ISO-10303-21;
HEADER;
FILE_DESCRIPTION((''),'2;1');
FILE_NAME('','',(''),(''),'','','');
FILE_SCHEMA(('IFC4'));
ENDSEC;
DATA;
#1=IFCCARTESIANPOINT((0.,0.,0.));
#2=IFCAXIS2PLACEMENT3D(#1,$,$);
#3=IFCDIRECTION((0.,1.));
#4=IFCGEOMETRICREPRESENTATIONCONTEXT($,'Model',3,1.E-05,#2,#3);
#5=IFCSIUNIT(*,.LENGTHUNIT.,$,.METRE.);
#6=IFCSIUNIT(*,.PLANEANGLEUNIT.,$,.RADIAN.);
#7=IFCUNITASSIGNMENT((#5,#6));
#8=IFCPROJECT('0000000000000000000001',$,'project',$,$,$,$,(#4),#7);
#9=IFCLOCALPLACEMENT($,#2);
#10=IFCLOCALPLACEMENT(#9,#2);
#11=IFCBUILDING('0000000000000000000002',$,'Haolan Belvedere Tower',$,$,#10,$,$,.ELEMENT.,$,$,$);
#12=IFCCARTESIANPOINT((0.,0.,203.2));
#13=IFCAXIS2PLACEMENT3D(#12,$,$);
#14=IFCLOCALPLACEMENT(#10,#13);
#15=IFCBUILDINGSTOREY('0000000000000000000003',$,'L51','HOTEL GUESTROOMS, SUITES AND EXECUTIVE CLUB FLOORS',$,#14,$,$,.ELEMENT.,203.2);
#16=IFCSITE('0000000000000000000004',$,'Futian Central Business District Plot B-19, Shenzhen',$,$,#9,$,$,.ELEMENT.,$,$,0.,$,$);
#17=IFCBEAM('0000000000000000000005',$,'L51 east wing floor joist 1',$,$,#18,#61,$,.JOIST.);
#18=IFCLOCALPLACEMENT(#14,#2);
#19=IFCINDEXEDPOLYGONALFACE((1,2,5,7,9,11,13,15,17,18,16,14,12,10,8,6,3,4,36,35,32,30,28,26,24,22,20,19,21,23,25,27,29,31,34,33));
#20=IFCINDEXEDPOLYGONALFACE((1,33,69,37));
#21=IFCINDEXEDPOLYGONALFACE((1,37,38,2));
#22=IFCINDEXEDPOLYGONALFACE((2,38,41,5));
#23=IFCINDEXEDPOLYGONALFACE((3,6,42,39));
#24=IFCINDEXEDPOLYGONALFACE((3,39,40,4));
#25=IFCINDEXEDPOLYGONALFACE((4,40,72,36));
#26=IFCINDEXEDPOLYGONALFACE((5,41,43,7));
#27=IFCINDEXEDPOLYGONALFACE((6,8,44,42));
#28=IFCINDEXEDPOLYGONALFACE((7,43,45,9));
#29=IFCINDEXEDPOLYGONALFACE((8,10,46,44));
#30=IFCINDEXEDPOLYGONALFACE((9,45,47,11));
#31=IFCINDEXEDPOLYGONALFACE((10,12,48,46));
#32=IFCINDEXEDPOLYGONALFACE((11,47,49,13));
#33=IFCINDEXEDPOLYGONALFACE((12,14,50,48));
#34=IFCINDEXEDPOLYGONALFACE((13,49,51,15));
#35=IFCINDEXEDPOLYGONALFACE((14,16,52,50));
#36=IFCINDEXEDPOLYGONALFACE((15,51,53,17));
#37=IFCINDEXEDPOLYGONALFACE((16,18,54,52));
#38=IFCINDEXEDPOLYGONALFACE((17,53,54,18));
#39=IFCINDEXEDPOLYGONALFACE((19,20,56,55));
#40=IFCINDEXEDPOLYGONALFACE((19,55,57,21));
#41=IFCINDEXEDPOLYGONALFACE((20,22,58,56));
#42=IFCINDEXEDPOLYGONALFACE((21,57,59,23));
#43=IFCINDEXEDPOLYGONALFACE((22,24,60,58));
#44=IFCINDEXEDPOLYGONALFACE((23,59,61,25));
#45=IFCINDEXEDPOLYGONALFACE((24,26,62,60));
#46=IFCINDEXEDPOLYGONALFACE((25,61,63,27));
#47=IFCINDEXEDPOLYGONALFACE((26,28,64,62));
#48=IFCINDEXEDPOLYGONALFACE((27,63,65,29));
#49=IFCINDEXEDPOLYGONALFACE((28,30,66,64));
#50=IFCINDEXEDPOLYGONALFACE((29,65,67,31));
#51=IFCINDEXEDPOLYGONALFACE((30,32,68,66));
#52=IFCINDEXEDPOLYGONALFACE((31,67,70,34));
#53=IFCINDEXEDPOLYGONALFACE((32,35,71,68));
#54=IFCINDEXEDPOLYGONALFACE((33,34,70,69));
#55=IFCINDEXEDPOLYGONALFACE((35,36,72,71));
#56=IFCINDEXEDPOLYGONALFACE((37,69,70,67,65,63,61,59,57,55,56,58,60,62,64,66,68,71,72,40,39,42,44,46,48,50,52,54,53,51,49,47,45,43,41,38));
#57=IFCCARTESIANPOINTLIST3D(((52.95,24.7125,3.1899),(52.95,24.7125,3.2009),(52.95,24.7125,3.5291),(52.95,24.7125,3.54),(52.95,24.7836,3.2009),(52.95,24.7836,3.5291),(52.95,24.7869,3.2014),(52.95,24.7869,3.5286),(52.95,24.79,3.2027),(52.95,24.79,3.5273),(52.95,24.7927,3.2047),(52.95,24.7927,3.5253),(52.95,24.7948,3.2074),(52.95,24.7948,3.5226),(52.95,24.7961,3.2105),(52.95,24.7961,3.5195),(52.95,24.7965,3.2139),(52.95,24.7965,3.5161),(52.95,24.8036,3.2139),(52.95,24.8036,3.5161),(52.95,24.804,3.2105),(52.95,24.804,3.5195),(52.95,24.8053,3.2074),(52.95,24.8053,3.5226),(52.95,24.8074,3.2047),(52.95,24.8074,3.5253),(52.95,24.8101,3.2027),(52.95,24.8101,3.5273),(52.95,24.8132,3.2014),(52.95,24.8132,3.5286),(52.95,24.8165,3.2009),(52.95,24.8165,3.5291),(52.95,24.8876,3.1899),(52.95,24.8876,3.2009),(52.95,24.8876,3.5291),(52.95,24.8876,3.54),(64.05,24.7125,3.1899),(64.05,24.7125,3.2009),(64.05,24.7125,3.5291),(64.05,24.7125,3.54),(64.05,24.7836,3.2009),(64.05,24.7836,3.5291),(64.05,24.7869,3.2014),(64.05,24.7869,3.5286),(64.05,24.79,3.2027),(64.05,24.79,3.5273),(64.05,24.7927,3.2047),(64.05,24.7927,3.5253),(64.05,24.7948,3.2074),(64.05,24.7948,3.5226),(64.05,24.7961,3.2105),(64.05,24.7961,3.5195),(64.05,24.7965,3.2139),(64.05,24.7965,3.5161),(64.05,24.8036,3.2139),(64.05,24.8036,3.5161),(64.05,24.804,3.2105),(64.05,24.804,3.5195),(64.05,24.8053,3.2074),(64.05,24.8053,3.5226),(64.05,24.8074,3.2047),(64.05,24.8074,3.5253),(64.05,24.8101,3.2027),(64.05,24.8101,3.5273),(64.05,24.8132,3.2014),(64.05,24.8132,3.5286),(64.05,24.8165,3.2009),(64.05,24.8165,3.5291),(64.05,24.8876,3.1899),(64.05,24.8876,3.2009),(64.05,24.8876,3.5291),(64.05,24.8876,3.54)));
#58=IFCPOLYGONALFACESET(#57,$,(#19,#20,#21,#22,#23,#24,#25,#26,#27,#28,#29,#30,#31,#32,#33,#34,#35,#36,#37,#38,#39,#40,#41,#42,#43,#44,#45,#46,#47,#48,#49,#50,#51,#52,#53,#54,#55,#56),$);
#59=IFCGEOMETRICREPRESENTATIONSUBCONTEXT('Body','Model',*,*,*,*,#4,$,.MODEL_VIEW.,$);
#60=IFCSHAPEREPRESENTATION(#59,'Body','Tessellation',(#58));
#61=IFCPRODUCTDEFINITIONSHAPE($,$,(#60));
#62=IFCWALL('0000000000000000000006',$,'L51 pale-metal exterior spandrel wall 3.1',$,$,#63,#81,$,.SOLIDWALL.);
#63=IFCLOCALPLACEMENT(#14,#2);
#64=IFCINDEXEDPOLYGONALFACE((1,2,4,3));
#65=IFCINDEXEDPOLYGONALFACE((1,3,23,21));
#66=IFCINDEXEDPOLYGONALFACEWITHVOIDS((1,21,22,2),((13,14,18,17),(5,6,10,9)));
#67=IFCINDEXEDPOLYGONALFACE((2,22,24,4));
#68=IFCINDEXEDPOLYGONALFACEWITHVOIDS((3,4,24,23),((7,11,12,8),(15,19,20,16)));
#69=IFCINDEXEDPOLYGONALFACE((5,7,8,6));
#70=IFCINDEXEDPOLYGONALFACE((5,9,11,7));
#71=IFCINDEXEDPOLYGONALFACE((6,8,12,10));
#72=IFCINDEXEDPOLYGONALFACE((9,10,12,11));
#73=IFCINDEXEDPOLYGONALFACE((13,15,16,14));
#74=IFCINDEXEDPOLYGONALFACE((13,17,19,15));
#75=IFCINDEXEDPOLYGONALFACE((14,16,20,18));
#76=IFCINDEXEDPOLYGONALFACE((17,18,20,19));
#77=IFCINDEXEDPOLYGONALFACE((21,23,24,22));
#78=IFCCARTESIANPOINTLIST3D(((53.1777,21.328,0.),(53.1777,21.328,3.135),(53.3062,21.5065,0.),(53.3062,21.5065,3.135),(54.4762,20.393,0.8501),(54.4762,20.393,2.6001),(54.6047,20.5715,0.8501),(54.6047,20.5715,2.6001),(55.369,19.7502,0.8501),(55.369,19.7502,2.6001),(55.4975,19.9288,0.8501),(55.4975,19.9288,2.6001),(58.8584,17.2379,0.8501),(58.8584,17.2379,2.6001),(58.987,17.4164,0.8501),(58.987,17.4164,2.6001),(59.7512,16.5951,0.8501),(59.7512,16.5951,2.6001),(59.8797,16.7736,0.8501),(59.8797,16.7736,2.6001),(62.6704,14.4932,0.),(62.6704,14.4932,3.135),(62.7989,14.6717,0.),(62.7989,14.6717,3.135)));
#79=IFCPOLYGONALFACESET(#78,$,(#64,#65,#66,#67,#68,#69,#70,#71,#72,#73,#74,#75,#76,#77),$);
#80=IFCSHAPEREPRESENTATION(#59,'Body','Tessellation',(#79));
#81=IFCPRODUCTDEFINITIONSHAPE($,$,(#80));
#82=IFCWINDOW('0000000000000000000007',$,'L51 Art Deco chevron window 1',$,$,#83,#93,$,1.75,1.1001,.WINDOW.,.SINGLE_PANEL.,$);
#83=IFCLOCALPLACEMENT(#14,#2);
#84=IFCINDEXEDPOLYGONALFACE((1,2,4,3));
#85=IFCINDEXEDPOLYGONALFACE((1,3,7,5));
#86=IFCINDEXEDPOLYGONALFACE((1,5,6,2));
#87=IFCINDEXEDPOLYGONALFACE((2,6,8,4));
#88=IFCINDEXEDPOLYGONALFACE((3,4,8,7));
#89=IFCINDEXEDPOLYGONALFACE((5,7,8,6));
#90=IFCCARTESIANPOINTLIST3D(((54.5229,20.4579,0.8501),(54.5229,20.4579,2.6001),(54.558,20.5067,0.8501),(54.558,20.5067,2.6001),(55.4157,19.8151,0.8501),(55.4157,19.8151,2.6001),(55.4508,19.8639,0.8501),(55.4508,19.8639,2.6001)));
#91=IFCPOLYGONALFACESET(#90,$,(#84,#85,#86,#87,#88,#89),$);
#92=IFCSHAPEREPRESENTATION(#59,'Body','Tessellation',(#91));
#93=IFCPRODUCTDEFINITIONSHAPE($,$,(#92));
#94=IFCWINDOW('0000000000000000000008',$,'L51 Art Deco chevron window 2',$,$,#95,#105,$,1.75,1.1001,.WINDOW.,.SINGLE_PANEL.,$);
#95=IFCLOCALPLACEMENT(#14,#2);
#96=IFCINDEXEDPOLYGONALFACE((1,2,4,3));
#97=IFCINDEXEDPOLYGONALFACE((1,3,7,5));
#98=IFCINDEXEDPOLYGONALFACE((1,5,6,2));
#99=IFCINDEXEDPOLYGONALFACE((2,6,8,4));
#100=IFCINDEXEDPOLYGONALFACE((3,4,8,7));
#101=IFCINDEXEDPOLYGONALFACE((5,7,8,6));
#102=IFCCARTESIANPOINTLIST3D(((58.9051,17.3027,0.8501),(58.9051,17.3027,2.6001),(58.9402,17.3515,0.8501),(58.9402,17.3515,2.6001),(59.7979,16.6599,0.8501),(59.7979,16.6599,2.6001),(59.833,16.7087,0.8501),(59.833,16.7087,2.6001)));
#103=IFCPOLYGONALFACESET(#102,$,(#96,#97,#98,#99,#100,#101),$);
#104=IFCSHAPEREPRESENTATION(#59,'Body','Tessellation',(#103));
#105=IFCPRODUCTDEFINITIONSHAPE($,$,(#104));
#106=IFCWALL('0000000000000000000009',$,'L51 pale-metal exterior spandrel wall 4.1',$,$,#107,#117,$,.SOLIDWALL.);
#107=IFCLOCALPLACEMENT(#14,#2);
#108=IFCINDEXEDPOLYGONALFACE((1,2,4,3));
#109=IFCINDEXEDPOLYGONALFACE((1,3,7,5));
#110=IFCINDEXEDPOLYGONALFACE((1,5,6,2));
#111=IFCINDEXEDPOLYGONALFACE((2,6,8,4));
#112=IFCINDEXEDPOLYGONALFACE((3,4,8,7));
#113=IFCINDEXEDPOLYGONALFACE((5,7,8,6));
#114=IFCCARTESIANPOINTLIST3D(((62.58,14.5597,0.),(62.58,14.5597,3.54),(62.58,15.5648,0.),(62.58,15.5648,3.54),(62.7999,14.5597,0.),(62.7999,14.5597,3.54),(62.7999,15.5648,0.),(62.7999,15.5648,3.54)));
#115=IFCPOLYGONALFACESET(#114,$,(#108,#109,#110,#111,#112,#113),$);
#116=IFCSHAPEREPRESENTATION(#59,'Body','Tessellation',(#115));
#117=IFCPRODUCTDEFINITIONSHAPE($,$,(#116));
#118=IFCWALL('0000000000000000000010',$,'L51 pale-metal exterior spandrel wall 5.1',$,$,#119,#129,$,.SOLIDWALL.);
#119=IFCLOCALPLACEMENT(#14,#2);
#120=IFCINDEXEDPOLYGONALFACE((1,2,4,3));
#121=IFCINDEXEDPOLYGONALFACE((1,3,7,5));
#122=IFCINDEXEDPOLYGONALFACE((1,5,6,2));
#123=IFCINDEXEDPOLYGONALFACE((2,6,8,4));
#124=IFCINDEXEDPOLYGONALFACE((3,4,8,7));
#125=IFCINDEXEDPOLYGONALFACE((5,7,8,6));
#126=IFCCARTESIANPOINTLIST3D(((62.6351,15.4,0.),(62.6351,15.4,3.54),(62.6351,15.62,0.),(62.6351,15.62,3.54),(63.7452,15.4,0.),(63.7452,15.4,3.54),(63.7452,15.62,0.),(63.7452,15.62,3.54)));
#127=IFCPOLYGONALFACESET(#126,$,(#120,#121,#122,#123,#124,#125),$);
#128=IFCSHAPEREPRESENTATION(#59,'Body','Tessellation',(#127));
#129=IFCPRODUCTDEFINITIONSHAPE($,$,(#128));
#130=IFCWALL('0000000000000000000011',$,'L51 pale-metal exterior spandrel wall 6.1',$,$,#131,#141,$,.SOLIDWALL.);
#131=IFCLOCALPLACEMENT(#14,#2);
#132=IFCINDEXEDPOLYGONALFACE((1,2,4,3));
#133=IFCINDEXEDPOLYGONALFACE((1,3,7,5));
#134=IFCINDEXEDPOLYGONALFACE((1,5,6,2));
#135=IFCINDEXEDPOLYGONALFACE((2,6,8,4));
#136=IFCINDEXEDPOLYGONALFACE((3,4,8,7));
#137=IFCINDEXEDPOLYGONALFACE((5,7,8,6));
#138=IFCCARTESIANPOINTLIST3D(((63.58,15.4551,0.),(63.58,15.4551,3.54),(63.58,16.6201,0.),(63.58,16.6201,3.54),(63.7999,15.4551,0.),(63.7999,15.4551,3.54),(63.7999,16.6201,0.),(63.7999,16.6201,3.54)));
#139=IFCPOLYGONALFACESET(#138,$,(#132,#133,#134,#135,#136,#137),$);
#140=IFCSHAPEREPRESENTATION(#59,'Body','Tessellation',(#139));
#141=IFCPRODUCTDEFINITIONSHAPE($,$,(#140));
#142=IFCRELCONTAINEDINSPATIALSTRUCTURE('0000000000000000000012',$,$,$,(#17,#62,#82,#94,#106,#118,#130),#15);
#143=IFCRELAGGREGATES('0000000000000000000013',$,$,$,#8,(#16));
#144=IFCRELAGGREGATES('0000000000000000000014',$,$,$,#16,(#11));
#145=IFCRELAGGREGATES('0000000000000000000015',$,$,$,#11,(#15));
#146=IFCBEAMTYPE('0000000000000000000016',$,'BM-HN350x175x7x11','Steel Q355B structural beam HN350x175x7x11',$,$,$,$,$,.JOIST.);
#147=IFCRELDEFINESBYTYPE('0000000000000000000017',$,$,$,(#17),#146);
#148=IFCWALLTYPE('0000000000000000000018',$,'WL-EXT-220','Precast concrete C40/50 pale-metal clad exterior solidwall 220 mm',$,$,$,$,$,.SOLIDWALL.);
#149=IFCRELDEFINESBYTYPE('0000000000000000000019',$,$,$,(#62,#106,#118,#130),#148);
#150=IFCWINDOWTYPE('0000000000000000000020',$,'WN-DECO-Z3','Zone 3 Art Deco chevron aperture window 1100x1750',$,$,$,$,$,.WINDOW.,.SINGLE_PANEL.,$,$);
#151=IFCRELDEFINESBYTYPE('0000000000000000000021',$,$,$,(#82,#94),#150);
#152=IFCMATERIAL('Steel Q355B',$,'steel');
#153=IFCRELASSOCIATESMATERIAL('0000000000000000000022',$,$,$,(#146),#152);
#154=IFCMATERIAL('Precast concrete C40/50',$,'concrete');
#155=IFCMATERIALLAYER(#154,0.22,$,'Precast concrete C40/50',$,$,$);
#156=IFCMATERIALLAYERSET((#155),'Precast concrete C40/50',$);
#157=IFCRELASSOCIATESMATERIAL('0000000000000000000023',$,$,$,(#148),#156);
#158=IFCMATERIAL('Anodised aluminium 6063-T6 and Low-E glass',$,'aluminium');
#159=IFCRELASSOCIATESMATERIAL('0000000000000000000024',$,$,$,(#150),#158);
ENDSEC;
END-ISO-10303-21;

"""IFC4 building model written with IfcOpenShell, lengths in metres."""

from ifc_helpers import new_model, si_unit, direction, frame, frame_2d, origin, origin_2d, place, context, subcontext, project, spatial, rectangle, i_section, extrude, material, layer, layer_set, material_profile, profile_set, type_object, element, fill, save


model = new_model("IFC4")

# Units and contexts
model_context = context("Model", 3, precision=1e-05, world=origin(), true_north=direction((0.0, 1.0)))
body_context = subcontext(model_context, "Body", "Model", "MODEL_VIEW")
ifc_project = project(units=[si_unit("LENGTHUNIT", "METRE"), si_unit("PLANEANGLEUNIT", "RADIAN")], contexts=[model_context])

# Site, building, storey
site_placement = place(None, origin())
site = spatial("IfcSite", under=ifc_project, at=site_placement, Name="Futian Central Business District Plot B-19, Shenzhen", CompositionType="ELEMENT", RefElevation=0.0)
building_placement = place(site_placement, origin())
building = spatial("IfcBuilding", under=site, at=building_placement, Name="Haolan Belvedere Tower", CompositionType="ELEMENT")
storey_placement = place(building_placement, frame((0.0, 0.0, 203.2)))
storey = spatial("IfcBuildingStorey", under=building, at=storey_placement, Name="L51", Description="HOTEL GUESTROOMS, SUITES AND EXECUTIVE CLUB FLOORS", CompositionType="ELEMENT", Elevation=203.2)

# Beam
ifc_material_1 = material(Name="Steel Q355B", Category="steel")
ifc_material_profile_1 = material_profile(ifc_material_1, i_section(OverallWidth=0.175, OverallDepth=0.3501, WebThickness=0.0071, FlangeThickness=0.011, FilletRadius=0.0129, at=origin_2d()), Name="Steel Q355B")
ifc_profile_set_1 = profile_set([ifc_material_profile_1], Name="Steel Q355B")
beam_type_1 = type_object("IfcBeamType", Name="BM-HN350x175x7x11", Description="Steel Q355B structural beam HN350x175x7x11", PredefinedType="JOIST", material=ifc_profile_set_1)
beam_1_placement = place(storey_placement, frame((52.95, 24.8, 3.365), z_axis=(1.0, 0.0, 0.0), x_axis=(0.0, 1.0, 0.0)))
element("IfcBeam", 1, at=beam_1_placement, inside=storey, type_object=beam_type_1, Name="L51 east wing floor joist 1", PredefinedType="JOIST", context=body_context, shape_type="SweptSolid", body=[
    extrude(i_section(OverallWidth=0.175, OverallDepth=0.3501, WebThickness=0.0071, FlangeThickness=0.011, FilletRadius=0.0129, at=origin_2d()), origin(), (0.0, 0.0, 1.0), 11.1001),
])

# Wall, openings, windows
ifc_material_2 = material(Name="Precast concrete C40/50", Category="concrete")
ifc_layer_1 = layer(ifc_material_2, 0.22, Name="Precast concrete C40/50")
ifc_layer_set_1 = layer_set([ifc_layer_1], Name="Precast concrete C40/50")
wall_type_1 = type_object("IfcWallType", Name="WL-EXT-220", Description="Precast concrete C40/50 pale-metal clad exterior solidwall 220 mm", PredefinedType="SOLIDWALL", material=ifc_layer_set_1)
wall_1_placement = place(storey_placement, frame((53.2419, 21.4172, 0.0), z_axis=(0.0, 0.0, 1.0), x_axis=(0.811535, -0.584304, 0.0)))
wall_1 = element("IfcWall", 2, at=wall_1_placement, inside=storey, type_object=wall_type_1, Name="L51 pale-metal exterior spandrel wall 3.1", PredefinedType="SOLIDWALL", context=body_context, shape_type="SweptSolid", body=[
    extrude(rectangle(XDim=11.6973, YDim=0.22, at=frame_2d((5.8486, 0.0))), origin(), (0.0, 0.0, 1.0), 3.135),
])
opening_1_placement = place(wall_1_placement, frame((1.6001, 0.0, 0.8501)))
opening_1 = element("IfcOpeningElement", 3, at=opening_1_placement, cuts=wall_1, PredefinedType="OPENING", context=body_context, shape_type="SweptSolid", body=[
    extrude(rectangle(XDim=1.1001, YDim=1.75, at=frame_2d((0.55, 0.875))), frame((0.0, 0.1199, 0.0), z_axis=(0.0, -1.0, 0.0), x_axis=(1.0, 0.0, 0.0)), (0.0, 0.0, 1.0), 0.24),
])
opening_2_placement = place(wall_1_placement, frame((7.0, 0.0, 0.8501)))
opening_2 = element("IfcOpeningElement", 4, at=opening_2_placement, cuts=wall_1, PredefinedType="OPENING", context=body_context, shape_type="SweptSolid", body=[
    extrude(rectangle(XDim=1.1001, YDim=1.75, at=frame_2d((0.55, 0.875))), frame((0.0, 0.1199, 0.0), z_axis=(0.0, -1.0, 0.0), x_axis=(1.0, 0.0, 0.0)), (0.0, 0.0, 1.0), 0.24),
])
ifc_material_3 = material(Name="Anodised aluminium 6063-T6 and Low-E glass", Category="aluminium")
window_type = type_object("IfcWindowType", Name="WN-DECO-Z3", Description="Zone 3 Art Deco chevron aperture window 1100x1750", PartitioningType="SINGLE_PANEL", PredefinedType="WINDOW", material=ifc_material_3)
window_1_placement = place(opening_1_placement, origin())
window_1 = element("IfcWindow", 5, at=window_1_placement, inside=storey, type_object=window_type, Name="L51 Art Deco chevron window 1", OverallHeight=1.75, OverallWidth=1.1001, PartitioningType="SINGLE_PANEL", PredefinedType="WINDOW", context=body_context, shape_type="SweptSolid", body=[
    extrude(rectangle(XDim=1.1001, YDim=1.75, at=frame_2d((0.55, 0.875))), frame((0.0, 0.03, 0.0), z_axis=(0.0, -1.0, 0.0), x_axis=(1.0, 0.0, 0.0)), (0.0, 0.0, 1.0), 0.0601),
])
fill(opening_1, window_1)
window_2_placement = place(opening_2_placement, origin())
window_2 = element("IfcWindow", 6, at=window_2_placement, inside=storey, type_object=window_type, Name="L51 Art Deco chevron window 2", OverallHeight=1.75, OverallWidth=1.1001, PartitioningType="SINGLE_PANEL", PredefinedType="WINDOW", context=body_context, shape_type="SweptSolid", body=[
    extrude(rectangle(XDim=1.1001, YDim=1.75, at=frame_2d((0.55, 0.875))), frame((0.0, 0.03, 0.0), z_axis=(0.0, -1.0, 0.0), x_axis=(1.0, 0.0, 0.0)), (0.0, 0.0, 1.0), 0.0601),
])
fill(opening_2, window_2)

# Walls
wall_2_placement = place(storey_placement, frame((62.6899, 14.5598, 0.0), z_axis=(0.0, 0.0, 1.0), x_axis=(0.0, 1.0, 0.0)))
element("IfcWall", 7, at=wall_2_placement, inside=storey, type_object=wall_type_1, Name="L51 pale-metal exterior spandrel wall 4.1", PredefinedType="SOLIDWALL", context=body_context, shape_type="SweptSolid", body=[
    extrude(rectangle(XDim=1.0051, YDim=0.22, at=frame_2d((0.5024, 0.0))), origin(), (0.0, 0.0, 1.0), 3.54),
])
wall_3_placement = place(storey_placement, frame((62.635, 15.51, 0.0), z_axis=(0.0, 0.0, 1.0), x_axis=(1.0, 0.0, 0.0)))
element("IfcWall", 8, at=wall_3_placement, inside=storey, type_object=wall_type_1, Name="L51 pale-metal exterior spandrel wall 5.1", PredefinedType="SOLIDWALL", context=body_context, shape_type="SweptSolid", body=[
    extrude(rectangle(XDim=1.1101, YDim=0.22, at=frame_2d((0.5552, 0.0))), origin(), (0.0, 0.0, 1.0), 3.54),
])
wall_4_placement = place(storey_placement, frame((63.6899, 15.4551, 0.0), z_axis=(0.0, 0.0, 1.0), x_axis=(0.0, 1.0, 0.0)))
element("IfcWall", 9, at=wall_4_placement, inside=storey, type_object=wall_type_1, Name="L51 pale-metal exterior spandrel wall 6.1", PredefinedType="SOLIDWALL", context=body_context, shape_type="SweptSolid", body=[
    extrude(rectangle(XDim=1.165, YDim=0.22, at=frame_2d((0.5825, 0.0))), origin(), (0.0, 0.0, 1.0), 3.54),
])

save(model, "model.ifc")
